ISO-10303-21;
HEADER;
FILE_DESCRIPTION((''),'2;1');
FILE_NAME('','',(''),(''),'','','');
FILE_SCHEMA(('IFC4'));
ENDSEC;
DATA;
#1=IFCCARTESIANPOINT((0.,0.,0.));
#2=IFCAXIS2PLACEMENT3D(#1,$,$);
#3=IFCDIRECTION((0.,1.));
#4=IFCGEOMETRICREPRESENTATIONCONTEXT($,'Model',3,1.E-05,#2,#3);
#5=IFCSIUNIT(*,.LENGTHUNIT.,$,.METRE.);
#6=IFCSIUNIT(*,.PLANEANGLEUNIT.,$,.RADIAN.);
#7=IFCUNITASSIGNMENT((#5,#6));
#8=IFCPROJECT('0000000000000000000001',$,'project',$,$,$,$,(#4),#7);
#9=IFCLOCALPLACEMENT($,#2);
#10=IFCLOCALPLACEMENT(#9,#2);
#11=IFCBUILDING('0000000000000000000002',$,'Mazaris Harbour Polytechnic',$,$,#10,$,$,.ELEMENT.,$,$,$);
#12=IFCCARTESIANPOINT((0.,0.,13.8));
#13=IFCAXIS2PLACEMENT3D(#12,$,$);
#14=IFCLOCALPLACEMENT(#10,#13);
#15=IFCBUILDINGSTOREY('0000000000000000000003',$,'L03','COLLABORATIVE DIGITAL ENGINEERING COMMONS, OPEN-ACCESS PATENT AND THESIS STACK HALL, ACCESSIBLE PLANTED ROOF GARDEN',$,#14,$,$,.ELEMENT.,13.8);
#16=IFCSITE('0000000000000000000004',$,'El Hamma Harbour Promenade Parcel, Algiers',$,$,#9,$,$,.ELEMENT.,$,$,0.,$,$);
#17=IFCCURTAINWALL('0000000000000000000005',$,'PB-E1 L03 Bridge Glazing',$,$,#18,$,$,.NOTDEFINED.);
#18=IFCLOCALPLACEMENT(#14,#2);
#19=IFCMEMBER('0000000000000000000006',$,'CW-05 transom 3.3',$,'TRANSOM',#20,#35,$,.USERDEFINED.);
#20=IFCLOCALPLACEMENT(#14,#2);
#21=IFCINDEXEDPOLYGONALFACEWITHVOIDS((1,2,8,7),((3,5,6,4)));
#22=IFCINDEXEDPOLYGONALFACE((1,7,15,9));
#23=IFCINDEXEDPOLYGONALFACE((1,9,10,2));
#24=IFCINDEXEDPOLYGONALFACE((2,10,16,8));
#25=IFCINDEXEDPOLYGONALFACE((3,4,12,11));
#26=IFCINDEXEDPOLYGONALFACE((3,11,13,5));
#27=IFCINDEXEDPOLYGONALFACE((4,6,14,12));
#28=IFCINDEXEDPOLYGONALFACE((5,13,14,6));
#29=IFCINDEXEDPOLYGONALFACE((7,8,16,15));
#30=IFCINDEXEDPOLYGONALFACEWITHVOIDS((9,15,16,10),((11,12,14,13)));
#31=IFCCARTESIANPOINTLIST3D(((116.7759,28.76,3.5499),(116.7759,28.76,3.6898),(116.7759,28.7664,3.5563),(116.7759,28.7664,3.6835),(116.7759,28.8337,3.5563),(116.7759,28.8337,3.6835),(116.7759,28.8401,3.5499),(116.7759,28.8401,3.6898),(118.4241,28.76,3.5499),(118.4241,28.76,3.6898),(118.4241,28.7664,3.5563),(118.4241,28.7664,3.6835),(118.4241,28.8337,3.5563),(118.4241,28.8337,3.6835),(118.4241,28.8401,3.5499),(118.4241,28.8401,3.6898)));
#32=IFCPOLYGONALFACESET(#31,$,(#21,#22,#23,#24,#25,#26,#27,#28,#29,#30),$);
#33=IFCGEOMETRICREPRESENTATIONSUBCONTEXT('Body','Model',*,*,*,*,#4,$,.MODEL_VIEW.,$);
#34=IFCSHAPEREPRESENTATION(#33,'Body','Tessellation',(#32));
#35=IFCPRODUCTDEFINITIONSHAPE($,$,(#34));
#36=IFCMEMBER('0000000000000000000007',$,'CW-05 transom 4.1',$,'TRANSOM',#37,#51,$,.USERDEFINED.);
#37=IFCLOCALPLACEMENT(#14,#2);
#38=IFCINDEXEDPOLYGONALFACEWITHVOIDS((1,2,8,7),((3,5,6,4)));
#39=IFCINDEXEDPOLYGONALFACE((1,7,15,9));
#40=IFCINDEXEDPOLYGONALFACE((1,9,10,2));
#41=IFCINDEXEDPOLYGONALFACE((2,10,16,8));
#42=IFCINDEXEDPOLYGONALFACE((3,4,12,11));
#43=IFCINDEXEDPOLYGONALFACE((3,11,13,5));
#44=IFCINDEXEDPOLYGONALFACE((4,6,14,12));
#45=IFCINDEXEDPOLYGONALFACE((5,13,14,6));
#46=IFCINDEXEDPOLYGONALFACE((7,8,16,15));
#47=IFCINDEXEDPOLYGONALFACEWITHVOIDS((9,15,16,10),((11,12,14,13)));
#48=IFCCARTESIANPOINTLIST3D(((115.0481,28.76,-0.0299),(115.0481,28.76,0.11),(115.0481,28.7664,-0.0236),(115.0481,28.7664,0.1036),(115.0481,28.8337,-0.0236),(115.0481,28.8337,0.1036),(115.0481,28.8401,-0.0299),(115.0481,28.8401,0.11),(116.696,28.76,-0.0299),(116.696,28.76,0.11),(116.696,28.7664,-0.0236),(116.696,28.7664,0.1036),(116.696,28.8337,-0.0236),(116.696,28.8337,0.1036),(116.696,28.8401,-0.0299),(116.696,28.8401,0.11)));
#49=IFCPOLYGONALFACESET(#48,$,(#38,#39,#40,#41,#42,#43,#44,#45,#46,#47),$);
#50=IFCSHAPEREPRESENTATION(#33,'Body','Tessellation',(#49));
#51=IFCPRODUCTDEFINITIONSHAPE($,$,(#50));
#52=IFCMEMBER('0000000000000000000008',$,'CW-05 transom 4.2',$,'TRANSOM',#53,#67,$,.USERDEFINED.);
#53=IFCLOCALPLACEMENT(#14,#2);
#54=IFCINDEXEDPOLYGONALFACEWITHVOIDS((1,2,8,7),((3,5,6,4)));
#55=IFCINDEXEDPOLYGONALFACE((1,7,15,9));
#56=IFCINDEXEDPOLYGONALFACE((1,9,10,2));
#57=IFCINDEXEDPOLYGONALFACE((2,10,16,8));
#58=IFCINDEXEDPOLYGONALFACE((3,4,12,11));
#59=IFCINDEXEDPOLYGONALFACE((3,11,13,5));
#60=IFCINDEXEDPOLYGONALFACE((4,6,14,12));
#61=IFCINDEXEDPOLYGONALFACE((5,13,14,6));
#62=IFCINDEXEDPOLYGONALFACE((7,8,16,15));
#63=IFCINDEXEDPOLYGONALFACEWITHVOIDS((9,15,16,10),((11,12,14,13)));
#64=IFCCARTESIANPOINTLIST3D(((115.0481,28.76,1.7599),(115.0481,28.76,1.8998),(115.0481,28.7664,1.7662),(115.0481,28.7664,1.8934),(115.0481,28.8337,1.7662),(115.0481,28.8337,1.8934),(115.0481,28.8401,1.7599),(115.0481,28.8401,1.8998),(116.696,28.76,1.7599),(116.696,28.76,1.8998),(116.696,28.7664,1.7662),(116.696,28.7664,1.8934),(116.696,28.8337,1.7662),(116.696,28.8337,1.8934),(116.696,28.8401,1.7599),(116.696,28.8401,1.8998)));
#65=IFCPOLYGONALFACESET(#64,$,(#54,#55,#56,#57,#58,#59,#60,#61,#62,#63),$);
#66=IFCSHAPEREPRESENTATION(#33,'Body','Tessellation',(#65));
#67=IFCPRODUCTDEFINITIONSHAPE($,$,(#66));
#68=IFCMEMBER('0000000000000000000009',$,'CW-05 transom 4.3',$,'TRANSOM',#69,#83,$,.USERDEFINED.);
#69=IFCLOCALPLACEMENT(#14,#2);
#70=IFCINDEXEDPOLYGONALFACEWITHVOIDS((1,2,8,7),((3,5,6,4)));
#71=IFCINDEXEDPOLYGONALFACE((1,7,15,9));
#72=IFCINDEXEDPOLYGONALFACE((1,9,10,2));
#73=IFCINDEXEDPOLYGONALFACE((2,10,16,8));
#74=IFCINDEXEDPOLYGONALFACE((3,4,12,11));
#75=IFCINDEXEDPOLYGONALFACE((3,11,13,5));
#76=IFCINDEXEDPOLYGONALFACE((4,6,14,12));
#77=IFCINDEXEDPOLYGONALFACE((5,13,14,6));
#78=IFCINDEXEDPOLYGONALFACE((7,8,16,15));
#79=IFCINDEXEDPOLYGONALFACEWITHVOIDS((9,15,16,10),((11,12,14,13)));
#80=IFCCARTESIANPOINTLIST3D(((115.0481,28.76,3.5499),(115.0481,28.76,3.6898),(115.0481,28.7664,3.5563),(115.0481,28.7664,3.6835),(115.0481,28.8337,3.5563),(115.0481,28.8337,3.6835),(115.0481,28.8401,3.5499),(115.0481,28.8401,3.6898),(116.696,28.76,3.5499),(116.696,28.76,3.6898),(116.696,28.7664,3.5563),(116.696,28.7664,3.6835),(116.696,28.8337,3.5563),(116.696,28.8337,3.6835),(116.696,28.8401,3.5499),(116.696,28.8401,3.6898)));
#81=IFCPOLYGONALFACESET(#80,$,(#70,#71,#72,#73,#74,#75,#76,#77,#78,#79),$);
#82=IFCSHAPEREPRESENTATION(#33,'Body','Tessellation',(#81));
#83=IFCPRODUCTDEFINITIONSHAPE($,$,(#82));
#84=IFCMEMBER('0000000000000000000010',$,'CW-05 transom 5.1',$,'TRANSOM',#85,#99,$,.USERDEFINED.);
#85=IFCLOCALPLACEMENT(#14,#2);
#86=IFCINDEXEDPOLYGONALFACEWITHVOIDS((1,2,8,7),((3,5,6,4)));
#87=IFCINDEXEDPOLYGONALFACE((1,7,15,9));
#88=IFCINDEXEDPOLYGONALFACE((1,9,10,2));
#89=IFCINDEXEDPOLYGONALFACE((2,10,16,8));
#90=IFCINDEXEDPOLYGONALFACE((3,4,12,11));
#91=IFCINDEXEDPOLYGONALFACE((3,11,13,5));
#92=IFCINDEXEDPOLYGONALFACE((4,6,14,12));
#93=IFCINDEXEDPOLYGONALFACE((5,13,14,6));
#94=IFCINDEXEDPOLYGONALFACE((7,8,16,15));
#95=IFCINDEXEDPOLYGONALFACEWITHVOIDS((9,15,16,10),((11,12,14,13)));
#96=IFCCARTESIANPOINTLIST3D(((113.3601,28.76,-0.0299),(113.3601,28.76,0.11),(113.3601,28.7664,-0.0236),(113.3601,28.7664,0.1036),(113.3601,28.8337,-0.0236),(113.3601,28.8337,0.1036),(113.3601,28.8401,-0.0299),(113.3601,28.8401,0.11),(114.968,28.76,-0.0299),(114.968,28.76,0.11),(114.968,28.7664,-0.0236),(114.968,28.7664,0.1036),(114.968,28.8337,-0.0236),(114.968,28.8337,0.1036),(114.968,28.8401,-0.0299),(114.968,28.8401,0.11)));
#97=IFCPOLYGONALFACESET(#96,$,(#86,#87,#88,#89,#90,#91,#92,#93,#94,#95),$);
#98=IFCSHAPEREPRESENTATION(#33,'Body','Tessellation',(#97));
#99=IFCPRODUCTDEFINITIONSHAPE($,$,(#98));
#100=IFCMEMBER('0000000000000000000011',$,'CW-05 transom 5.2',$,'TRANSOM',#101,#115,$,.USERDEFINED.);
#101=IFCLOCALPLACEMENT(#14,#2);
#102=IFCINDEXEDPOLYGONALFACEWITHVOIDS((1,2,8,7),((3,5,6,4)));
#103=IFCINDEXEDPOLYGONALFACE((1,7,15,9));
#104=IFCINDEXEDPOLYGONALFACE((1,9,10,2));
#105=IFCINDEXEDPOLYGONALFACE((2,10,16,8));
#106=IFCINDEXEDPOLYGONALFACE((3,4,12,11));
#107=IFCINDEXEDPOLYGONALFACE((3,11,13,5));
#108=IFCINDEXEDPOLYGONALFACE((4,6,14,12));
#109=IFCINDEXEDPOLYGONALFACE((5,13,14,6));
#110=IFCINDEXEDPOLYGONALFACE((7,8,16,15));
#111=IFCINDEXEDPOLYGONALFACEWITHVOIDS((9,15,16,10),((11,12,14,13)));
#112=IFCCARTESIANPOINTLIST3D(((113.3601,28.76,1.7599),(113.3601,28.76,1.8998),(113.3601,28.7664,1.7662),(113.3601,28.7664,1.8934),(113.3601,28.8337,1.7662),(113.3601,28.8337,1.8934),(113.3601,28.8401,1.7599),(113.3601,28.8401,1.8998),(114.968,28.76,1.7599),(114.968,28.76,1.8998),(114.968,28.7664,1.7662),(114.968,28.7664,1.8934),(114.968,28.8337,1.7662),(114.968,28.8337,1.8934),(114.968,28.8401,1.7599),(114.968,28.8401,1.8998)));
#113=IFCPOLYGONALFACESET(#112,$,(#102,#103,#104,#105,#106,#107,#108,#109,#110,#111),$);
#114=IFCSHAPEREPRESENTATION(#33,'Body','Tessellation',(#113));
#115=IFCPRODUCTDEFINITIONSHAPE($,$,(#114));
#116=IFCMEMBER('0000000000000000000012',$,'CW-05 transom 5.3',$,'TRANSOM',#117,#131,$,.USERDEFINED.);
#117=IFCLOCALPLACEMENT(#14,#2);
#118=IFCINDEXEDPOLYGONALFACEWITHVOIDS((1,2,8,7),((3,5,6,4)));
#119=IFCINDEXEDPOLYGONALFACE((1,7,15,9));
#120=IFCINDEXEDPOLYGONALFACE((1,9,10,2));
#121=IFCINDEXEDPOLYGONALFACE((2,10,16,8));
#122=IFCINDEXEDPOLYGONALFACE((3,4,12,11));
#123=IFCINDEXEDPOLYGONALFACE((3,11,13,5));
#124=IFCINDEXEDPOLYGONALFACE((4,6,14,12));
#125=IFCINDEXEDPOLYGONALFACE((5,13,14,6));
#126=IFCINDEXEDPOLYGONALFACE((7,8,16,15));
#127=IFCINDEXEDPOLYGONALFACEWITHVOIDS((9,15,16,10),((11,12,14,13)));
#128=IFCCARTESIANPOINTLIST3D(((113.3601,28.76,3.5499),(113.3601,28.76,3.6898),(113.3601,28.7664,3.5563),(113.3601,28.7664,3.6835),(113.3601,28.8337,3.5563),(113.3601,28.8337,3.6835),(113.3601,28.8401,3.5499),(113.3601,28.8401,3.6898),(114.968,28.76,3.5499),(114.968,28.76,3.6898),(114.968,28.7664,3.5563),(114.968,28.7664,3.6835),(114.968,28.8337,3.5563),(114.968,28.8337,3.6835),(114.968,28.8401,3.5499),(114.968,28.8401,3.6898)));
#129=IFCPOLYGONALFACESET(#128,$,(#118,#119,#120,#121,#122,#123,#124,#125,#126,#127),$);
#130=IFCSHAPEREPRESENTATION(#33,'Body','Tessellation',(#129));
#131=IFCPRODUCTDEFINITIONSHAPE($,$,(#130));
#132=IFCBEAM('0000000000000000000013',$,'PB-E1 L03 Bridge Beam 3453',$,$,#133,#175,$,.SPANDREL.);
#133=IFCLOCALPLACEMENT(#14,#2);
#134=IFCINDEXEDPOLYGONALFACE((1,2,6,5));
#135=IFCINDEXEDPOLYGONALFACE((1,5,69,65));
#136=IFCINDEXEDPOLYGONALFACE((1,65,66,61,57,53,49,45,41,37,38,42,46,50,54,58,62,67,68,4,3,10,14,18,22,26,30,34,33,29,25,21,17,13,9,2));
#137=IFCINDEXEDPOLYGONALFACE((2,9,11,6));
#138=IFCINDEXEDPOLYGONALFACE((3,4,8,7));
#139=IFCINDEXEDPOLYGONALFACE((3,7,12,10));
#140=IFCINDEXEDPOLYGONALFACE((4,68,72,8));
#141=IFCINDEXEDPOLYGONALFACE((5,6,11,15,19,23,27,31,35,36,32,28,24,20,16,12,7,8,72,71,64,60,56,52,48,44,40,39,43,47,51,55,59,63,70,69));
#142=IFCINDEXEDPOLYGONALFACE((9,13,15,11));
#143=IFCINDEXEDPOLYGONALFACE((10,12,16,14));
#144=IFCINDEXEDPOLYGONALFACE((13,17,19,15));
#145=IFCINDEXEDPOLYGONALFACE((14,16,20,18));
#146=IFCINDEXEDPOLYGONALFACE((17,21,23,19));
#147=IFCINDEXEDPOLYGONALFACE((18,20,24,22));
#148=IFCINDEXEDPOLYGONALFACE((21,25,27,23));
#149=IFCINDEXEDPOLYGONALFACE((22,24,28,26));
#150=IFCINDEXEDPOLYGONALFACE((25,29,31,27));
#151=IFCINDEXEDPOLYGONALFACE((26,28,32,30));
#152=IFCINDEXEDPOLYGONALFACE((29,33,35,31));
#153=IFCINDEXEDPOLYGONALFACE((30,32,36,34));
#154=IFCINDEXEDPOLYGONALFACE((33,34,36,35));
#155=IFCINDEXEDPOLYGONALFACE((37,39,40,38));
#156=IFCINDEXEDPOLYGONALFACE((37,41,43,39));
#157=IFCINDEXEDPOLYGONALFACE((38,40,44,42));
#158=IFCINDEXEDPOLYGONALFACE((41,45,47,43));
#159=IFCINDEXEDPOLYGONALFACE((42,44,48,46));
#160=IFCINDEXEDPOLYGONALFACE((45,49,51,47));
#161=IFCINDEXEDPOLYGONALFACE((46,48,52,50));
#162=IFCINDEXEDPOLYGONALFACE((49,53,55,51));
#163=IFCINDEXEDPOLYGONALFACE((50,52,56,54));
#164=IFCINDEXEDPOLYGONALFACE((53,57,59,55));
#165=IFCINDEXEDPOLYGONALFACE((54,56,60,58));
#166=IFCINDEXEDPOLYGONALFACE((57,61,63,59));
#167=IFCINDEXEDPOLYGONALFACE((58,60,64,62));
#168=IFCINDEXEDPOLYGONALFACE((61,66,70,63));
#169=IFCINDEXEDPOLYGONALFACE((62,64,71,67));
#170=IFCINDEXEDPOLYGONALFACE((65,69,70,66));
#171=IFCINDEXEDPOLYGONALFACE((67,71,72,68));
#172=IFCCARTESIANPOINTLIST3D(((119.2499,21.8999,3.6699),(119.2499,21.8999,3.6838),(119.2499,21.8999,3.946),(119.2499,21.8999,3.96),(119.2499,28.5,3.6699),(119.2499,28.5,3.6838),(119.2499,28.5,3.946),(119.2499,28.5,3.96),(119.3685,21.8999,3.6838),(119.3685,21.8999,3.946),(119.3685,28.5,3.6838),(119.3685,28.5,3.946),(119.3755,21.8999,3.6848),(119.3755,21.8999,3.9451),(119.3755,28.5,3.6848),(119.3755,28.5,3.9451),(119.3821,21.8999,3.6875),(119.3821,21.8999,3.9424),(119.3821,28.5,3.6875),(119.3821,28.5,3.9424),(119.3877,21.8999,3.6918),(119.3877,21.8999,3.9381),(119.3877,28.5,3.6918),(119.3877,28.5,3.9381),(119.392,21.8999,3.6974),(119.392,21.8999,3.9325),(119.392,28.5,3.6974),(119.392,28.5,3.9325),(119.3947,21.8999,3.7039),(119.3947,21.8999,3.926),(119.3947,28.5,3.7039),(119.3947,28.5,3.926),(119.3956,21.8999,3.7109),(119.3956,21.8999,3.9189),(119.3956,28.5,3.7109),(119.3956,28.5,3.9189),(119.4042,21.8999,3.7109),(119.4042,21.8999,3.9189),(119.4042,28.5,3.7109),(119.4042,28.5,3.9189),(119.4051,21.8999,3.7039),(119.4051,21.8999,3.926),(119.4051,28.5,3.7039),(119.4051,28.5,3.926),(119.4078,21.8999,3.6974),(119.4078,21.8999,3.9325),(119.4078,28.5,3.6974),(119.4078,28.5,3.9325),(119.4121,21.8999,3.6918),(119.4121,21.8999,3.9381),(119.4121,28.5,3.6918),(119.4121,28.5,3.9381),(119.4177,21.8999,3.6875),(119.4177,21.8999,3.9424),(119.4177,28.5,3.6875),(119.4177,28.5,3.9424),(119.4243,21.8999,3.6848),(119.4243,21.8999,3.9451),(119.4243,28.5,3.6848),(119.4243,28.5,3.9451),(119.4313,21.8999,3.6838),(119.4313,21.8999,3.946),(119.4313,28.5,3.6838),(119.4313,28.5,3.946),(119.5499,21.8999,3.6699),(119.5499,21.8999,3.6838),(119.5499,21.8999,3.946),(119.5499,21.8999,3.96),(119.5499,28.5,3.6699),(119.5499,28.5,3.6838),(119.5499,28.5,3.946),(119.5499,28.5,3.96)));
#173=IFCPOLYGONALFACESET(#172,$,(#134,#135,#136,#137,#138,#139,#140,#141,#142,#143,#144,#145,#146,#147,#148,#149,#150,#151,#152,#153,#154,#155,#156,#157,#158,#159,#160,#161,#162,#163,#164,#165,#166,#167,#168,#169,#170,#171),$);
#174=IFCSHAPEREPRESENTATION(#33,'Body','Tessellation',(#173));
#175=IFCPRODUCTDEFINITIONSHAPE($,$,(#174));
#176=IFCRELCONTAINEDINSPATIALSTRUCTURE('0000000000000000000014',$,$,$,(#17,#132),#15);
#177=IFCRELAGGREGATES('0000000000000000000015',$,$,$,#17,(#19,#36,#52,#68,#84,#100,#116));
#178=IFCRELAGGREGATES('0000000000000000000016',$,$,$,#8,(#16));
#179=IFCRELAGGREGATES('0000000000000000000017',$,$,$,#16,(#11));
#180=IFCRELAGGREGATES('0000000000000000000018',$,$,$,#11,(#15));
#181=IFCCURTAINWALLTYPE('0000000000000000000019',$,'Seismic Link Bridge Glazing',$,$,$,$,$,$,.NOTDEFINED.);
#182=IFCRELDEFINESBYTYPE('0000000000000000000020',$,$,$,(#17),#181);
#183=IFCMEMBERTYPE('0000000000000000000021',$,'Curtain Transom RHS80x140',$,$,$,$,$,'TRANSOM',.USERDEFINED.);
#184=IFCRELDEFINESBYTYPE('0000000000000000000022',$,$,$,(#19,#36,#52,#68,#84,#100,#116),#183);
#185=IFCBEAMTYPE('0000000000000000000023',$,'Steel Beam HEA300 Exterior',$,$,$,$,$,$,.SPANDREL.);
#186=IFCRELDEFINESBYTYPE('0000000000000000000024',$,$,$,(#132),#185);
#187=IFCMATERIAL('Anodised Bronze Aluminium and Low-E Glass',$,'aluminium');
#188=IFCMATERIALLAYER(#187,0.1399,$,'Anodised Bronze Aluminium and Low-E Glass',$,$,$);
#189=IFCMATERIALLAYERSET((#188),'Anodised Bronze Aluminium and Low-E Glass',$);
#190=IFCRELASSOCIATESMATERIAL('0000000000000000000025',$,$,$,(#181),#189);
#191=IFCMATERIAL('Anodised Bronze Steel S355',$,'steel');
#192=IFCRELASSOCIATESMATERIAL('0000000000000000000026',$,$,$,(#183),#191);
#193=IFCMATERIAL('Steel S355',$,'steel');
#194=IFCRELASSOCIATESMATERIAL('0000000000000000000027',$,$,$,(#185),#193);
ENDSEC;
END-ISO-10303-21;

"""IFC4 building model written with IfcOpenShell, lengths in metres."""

from ifc_helpers import new_model, si_unit, direction, frame, origin, origin_2d, place, context, subcontext, project, spatial, hollow_rectangle, i_section, extrude, material, layer, layer_set, material_profile, profile_set, type_object, element, aggregate, save


model = new_model("IFC4")

# Units and contexts
model_context = context("Model", 3, precision=1e-05, world=origin(), true_north=direction((0.0, 1.0)))
body_context = subcontext(model_context, "Body", "Model", "MODEL_VIEW")
ifc_project = project(units=[si_unit("LENGTHUNIT", "METRE"), si_unit("PLANEANGLEUNIT", "RADIAN")], contexts=[model_context])

# Site, building, storey
site_placement = place(None, origin())
site = spatial("IfcSite", under=ifc_project, at=site_placement, Name="El Hamma Harbour Promenade Parcel, Algiers", CompositionType="ELEMENT", RefElevation=0.0)
building_placement = place(site_placement, origin())
building = spatial("IfcBuilding", under=site, at=building_placement, Name="Mazaris Harbour Polytechnic", CompositionType="ELEMENT")
storey_placement = place(building_placement, frame((0.0, 0.0, 13.8)))
storey = spatial("IfcBuildingStorey", under=building, at=storey_placement, Name="L03", Description="COLLABORATIVE DIGITAL ENGINEERING COMMONS, OPEN-ACCESS PATENT AND THESIS STACK HALL, ACCESSIBLE PLANTED ROOF GARDEN", CompositionType="ELEMENT", Elevation=13.8)

# Curtain wall, members
ifc_material_1 = material(Name="Anodised Bronze Aluminium and Low-E Glass", Category="aluminium")
ifc_layer_1 = layer(ifc_material_1, 0.1399, Name="Anodised Bronze Aluminium and Low-E Glass")
ifc_layer_set_1 = layer_set([ifc_layer_1], Name="Anodised Bronze Aluminium and Low-E Glass")
curtain_wall_type = type_object("IfcCurtainWallType", Name="Seismic Link Bridge Glazing", PredefinedType="NOTDEFINED", material=ifc_layer_set_1)
curtain_wall_placement = place(storey_placement, origin())
curtain_wall = element("IfcCurtainWall", 1, at=curtain_wall_placement, inside=storey, type_object=curtain_wall_type, Name="PB-E1 L03 Bridge Glazing", PredefinedType="NOTDEFINED")
ifc_material_2 = material(Name="Anodised Bronze Steel S355", Category="steel")
ifc_material_profile_1 = material_profile(ifc_material_2, hollow_rectangle(XDim=0.0801, YDim=0.1399, WallThickness=0.0063, at=origin_2d()), Name="RHS 80x140x6.3")
ifc_profile_set_1 = profile_set([ifc_material_profile_1], Name="Anodised Bronze Steel S355")
member_type_1 = type_object("IfcMemberType", Name="Curtain Transom RHS80x140", ElementType="TRANSOM", PredefinedType="USERDEFINED", material=ifc_profile_set_1)
member_1_placement = place(storey_placement, frame((118.4241, 28.8, 3.6199), z_axis=(-1.0, 0.0, 0.0), x_axis=(0.0, -1.0, 0.0)))
member_1 = element("IfcMember", 2, at=member_1_placement, type_object=member_type_1, Name="CW-05 transom 3.3", ObjectType="TRANSOM", PredefinedType="USERDEFINED", context=body_context, shape_type="SweptSolid", body=[
    extrude(hollow_rectangle(XDim=0.0801, YDim=0.1399, WallThickness=0.0063, at=origin_2d()), origin(), (0.0, 0.0, 1.0), 1.6482),
])
member_2_placement = place(storey_placement, frame((116.696, 28.8, 0.04), z_axis=(-1.0, 0.0, 0.0), x_axis=(0.0, -1.0, 0.0)))
member_2 = element("IfcMember", 3, at=member_2_placement, type_object=member_type_1, Name="CW-05 transom 4.1", ObjectType="TRANSOM", PredefinedType="USERDEFINED", context=body_context, shape_type="SweptSolid", body=[
    extrude(hollow_rectangle(XDim=0.0801, YDim=0.1399, WallThickness=0.0063, at=origin_2d()), origin(), (0.0, 0.0, 1.0), 1.6479),
])
member_3_placement = place(storey_placement, frame((116.696, 28.8, 1.8298), z_axis=(-1.0, 0.0, 0.0), x_axis=(0.0, -1.0, 0.0)))
member_3 = element("IfcMember", 4, at=member_3_placement, type_object=member_type_1, Name="CW-05 transom 4.2", ObjectType="TRANSOM", PredefinedType="USERDEFINED", context=body_context, shape_type="SweptSolid", body=[
    extrude(hollow_rectangle(XDim=0.0801, YDim=0.1399, WallThickness=0.0063, at=origin_2d()), origin(), (0.0, 0.0, 1.0), 1.6479),
])
member_4_placement = place(storey_placement, frame((116.696, 28.8, 3.6199), z_axis=(-1.0, 0.0, 0.0), x_axis=(0.0, -1.0, 0.0)))
member_4 = element("IfcMember", 5, at=member_4_placement, type_object=member_type_1, Name="CW-05 transom 4.3", ObjectType="TRANSOM", PredefinedType="USERDEFINED", context=body_context, shape_type="SweptSolid", body=[
    extrude(hollow_rectangle(XDim=0.0801, YDim=0.1399, WallThickness=0.0063, at=origin_2d()), origin(), (0.0, 0.0, 1.0), 1.6479),
])
member_5_placement = place(storey_placement, frame((114.968, 28.8, 0.04), z_axis=(-1.0, 0.0, 0.0), x_axis=(0.0, -1.0, 0.0)))
member_5 = element("IfcMember", 6, at=member_5_placement, type_object=member_type_1, Name="CW-05 transom 5.1", ObjectType="TRANSOM", PredefinedType="USERDEFINED", context=body_context, shape_type="SweptSolid", body=[
    extrude(hollow_rectangle(XDim=0.0801, YDim=0.1399, WallThickness=0.0063, at=origin_2d()), origin(), (0.0, 0.0, 1.0), 1.6079),
])
member_6_placement = place(storey_placement, frame((114.968, 28.8, 1.8298), z_axis=(-1.0, 0.0, 0.0), x_axis=(0.0, -1.0, 0.0)))
member_6 = element("IfcMember", 7, at=member_6_placement, type_object=member_type_1, Name="CW-05 transom 5.2", ObjectType="TRANSOM", PredefinedType="USERDEFINED", context=body_context, shape_type="SweptSolid", body=[
    extrude(hollow_rectangle(XDim=0.0801, YDim=0.1399, WallThickness=0.0063, at=origin_2d()), origin(), (0.0, 0.0, 1.0), 1.6079),
])
member_7_placement = place(storey_placement, frame((114.968, 28.8, 3.6199), z_axis=(-1.0, 0.0, 0.0), x_axis=(0.0, -1.0, 0.0)))
member_7 = element("IfcMember", 8, at=member_7_placement, type_object=member_type_1, Name="CW-05 transom 5.3", ObjectType="TRANSOM", PredefinedType="USERDEFINED", context=body_context, shape_type="SweptSolid", body=[
    extrude(hollow_rectangle(XDim=0.0801, YDim=0.1399, WallThickness=0.0063, at=origin_2d()), origin(), (0.0, 0.0, 1.0), 1.6079),
])

# Beam
ifc_material_3 = material(Name="Steel S355", Category="steel")
ifc_material_profile_2 = material_profile(ifc_material_3, i_section(OverallWidth=0.3, OverallDepth=0.29, WebThickness=0.0085, FlangeThickness=0.0139, FilletRadius=0.0271, at=origin_2d()), Name="HEA 300")
ifc_profile_set_2 = profile_set([ifc_material_profile_2], Name="Steel S355")
beam_type = type_object("IfcBeamType", Name="Steel Beam HEA300 Exterior", PredefinedType="SPANDREL", material=ifc_profile_set_2)
beam_1_placement = place(storey_placement, frame((119.3999, 21.8999, 3.8149), z_axis=(0.0, 1.0, 0.0), x_axis=(-1.0, 0.0, 0.0)))
element("IfcBeam", 9, at=beam_1_placement, inside=storey, type_object=beam_type, Name="PB-E1 L03 Bridge Beam 3453", PredefinedType="SPANDREL", context=body_context, shape_type="SweptSolid", body=[
    extrude(i_section(OverallWidth=0.3, OverallDepth=0.29, WebThickness=0.0085, FlangeThickness=0.0139, FilletRadius=0.0271, at=origin_2d()), origin(), (0.0, 0.0, 1.0), 6.6001),
])

aggregate(curtain_wall, [member_1, member_2, member_3, member_4, member_5, member_6, member_7])

save(model, "model.ifc")
